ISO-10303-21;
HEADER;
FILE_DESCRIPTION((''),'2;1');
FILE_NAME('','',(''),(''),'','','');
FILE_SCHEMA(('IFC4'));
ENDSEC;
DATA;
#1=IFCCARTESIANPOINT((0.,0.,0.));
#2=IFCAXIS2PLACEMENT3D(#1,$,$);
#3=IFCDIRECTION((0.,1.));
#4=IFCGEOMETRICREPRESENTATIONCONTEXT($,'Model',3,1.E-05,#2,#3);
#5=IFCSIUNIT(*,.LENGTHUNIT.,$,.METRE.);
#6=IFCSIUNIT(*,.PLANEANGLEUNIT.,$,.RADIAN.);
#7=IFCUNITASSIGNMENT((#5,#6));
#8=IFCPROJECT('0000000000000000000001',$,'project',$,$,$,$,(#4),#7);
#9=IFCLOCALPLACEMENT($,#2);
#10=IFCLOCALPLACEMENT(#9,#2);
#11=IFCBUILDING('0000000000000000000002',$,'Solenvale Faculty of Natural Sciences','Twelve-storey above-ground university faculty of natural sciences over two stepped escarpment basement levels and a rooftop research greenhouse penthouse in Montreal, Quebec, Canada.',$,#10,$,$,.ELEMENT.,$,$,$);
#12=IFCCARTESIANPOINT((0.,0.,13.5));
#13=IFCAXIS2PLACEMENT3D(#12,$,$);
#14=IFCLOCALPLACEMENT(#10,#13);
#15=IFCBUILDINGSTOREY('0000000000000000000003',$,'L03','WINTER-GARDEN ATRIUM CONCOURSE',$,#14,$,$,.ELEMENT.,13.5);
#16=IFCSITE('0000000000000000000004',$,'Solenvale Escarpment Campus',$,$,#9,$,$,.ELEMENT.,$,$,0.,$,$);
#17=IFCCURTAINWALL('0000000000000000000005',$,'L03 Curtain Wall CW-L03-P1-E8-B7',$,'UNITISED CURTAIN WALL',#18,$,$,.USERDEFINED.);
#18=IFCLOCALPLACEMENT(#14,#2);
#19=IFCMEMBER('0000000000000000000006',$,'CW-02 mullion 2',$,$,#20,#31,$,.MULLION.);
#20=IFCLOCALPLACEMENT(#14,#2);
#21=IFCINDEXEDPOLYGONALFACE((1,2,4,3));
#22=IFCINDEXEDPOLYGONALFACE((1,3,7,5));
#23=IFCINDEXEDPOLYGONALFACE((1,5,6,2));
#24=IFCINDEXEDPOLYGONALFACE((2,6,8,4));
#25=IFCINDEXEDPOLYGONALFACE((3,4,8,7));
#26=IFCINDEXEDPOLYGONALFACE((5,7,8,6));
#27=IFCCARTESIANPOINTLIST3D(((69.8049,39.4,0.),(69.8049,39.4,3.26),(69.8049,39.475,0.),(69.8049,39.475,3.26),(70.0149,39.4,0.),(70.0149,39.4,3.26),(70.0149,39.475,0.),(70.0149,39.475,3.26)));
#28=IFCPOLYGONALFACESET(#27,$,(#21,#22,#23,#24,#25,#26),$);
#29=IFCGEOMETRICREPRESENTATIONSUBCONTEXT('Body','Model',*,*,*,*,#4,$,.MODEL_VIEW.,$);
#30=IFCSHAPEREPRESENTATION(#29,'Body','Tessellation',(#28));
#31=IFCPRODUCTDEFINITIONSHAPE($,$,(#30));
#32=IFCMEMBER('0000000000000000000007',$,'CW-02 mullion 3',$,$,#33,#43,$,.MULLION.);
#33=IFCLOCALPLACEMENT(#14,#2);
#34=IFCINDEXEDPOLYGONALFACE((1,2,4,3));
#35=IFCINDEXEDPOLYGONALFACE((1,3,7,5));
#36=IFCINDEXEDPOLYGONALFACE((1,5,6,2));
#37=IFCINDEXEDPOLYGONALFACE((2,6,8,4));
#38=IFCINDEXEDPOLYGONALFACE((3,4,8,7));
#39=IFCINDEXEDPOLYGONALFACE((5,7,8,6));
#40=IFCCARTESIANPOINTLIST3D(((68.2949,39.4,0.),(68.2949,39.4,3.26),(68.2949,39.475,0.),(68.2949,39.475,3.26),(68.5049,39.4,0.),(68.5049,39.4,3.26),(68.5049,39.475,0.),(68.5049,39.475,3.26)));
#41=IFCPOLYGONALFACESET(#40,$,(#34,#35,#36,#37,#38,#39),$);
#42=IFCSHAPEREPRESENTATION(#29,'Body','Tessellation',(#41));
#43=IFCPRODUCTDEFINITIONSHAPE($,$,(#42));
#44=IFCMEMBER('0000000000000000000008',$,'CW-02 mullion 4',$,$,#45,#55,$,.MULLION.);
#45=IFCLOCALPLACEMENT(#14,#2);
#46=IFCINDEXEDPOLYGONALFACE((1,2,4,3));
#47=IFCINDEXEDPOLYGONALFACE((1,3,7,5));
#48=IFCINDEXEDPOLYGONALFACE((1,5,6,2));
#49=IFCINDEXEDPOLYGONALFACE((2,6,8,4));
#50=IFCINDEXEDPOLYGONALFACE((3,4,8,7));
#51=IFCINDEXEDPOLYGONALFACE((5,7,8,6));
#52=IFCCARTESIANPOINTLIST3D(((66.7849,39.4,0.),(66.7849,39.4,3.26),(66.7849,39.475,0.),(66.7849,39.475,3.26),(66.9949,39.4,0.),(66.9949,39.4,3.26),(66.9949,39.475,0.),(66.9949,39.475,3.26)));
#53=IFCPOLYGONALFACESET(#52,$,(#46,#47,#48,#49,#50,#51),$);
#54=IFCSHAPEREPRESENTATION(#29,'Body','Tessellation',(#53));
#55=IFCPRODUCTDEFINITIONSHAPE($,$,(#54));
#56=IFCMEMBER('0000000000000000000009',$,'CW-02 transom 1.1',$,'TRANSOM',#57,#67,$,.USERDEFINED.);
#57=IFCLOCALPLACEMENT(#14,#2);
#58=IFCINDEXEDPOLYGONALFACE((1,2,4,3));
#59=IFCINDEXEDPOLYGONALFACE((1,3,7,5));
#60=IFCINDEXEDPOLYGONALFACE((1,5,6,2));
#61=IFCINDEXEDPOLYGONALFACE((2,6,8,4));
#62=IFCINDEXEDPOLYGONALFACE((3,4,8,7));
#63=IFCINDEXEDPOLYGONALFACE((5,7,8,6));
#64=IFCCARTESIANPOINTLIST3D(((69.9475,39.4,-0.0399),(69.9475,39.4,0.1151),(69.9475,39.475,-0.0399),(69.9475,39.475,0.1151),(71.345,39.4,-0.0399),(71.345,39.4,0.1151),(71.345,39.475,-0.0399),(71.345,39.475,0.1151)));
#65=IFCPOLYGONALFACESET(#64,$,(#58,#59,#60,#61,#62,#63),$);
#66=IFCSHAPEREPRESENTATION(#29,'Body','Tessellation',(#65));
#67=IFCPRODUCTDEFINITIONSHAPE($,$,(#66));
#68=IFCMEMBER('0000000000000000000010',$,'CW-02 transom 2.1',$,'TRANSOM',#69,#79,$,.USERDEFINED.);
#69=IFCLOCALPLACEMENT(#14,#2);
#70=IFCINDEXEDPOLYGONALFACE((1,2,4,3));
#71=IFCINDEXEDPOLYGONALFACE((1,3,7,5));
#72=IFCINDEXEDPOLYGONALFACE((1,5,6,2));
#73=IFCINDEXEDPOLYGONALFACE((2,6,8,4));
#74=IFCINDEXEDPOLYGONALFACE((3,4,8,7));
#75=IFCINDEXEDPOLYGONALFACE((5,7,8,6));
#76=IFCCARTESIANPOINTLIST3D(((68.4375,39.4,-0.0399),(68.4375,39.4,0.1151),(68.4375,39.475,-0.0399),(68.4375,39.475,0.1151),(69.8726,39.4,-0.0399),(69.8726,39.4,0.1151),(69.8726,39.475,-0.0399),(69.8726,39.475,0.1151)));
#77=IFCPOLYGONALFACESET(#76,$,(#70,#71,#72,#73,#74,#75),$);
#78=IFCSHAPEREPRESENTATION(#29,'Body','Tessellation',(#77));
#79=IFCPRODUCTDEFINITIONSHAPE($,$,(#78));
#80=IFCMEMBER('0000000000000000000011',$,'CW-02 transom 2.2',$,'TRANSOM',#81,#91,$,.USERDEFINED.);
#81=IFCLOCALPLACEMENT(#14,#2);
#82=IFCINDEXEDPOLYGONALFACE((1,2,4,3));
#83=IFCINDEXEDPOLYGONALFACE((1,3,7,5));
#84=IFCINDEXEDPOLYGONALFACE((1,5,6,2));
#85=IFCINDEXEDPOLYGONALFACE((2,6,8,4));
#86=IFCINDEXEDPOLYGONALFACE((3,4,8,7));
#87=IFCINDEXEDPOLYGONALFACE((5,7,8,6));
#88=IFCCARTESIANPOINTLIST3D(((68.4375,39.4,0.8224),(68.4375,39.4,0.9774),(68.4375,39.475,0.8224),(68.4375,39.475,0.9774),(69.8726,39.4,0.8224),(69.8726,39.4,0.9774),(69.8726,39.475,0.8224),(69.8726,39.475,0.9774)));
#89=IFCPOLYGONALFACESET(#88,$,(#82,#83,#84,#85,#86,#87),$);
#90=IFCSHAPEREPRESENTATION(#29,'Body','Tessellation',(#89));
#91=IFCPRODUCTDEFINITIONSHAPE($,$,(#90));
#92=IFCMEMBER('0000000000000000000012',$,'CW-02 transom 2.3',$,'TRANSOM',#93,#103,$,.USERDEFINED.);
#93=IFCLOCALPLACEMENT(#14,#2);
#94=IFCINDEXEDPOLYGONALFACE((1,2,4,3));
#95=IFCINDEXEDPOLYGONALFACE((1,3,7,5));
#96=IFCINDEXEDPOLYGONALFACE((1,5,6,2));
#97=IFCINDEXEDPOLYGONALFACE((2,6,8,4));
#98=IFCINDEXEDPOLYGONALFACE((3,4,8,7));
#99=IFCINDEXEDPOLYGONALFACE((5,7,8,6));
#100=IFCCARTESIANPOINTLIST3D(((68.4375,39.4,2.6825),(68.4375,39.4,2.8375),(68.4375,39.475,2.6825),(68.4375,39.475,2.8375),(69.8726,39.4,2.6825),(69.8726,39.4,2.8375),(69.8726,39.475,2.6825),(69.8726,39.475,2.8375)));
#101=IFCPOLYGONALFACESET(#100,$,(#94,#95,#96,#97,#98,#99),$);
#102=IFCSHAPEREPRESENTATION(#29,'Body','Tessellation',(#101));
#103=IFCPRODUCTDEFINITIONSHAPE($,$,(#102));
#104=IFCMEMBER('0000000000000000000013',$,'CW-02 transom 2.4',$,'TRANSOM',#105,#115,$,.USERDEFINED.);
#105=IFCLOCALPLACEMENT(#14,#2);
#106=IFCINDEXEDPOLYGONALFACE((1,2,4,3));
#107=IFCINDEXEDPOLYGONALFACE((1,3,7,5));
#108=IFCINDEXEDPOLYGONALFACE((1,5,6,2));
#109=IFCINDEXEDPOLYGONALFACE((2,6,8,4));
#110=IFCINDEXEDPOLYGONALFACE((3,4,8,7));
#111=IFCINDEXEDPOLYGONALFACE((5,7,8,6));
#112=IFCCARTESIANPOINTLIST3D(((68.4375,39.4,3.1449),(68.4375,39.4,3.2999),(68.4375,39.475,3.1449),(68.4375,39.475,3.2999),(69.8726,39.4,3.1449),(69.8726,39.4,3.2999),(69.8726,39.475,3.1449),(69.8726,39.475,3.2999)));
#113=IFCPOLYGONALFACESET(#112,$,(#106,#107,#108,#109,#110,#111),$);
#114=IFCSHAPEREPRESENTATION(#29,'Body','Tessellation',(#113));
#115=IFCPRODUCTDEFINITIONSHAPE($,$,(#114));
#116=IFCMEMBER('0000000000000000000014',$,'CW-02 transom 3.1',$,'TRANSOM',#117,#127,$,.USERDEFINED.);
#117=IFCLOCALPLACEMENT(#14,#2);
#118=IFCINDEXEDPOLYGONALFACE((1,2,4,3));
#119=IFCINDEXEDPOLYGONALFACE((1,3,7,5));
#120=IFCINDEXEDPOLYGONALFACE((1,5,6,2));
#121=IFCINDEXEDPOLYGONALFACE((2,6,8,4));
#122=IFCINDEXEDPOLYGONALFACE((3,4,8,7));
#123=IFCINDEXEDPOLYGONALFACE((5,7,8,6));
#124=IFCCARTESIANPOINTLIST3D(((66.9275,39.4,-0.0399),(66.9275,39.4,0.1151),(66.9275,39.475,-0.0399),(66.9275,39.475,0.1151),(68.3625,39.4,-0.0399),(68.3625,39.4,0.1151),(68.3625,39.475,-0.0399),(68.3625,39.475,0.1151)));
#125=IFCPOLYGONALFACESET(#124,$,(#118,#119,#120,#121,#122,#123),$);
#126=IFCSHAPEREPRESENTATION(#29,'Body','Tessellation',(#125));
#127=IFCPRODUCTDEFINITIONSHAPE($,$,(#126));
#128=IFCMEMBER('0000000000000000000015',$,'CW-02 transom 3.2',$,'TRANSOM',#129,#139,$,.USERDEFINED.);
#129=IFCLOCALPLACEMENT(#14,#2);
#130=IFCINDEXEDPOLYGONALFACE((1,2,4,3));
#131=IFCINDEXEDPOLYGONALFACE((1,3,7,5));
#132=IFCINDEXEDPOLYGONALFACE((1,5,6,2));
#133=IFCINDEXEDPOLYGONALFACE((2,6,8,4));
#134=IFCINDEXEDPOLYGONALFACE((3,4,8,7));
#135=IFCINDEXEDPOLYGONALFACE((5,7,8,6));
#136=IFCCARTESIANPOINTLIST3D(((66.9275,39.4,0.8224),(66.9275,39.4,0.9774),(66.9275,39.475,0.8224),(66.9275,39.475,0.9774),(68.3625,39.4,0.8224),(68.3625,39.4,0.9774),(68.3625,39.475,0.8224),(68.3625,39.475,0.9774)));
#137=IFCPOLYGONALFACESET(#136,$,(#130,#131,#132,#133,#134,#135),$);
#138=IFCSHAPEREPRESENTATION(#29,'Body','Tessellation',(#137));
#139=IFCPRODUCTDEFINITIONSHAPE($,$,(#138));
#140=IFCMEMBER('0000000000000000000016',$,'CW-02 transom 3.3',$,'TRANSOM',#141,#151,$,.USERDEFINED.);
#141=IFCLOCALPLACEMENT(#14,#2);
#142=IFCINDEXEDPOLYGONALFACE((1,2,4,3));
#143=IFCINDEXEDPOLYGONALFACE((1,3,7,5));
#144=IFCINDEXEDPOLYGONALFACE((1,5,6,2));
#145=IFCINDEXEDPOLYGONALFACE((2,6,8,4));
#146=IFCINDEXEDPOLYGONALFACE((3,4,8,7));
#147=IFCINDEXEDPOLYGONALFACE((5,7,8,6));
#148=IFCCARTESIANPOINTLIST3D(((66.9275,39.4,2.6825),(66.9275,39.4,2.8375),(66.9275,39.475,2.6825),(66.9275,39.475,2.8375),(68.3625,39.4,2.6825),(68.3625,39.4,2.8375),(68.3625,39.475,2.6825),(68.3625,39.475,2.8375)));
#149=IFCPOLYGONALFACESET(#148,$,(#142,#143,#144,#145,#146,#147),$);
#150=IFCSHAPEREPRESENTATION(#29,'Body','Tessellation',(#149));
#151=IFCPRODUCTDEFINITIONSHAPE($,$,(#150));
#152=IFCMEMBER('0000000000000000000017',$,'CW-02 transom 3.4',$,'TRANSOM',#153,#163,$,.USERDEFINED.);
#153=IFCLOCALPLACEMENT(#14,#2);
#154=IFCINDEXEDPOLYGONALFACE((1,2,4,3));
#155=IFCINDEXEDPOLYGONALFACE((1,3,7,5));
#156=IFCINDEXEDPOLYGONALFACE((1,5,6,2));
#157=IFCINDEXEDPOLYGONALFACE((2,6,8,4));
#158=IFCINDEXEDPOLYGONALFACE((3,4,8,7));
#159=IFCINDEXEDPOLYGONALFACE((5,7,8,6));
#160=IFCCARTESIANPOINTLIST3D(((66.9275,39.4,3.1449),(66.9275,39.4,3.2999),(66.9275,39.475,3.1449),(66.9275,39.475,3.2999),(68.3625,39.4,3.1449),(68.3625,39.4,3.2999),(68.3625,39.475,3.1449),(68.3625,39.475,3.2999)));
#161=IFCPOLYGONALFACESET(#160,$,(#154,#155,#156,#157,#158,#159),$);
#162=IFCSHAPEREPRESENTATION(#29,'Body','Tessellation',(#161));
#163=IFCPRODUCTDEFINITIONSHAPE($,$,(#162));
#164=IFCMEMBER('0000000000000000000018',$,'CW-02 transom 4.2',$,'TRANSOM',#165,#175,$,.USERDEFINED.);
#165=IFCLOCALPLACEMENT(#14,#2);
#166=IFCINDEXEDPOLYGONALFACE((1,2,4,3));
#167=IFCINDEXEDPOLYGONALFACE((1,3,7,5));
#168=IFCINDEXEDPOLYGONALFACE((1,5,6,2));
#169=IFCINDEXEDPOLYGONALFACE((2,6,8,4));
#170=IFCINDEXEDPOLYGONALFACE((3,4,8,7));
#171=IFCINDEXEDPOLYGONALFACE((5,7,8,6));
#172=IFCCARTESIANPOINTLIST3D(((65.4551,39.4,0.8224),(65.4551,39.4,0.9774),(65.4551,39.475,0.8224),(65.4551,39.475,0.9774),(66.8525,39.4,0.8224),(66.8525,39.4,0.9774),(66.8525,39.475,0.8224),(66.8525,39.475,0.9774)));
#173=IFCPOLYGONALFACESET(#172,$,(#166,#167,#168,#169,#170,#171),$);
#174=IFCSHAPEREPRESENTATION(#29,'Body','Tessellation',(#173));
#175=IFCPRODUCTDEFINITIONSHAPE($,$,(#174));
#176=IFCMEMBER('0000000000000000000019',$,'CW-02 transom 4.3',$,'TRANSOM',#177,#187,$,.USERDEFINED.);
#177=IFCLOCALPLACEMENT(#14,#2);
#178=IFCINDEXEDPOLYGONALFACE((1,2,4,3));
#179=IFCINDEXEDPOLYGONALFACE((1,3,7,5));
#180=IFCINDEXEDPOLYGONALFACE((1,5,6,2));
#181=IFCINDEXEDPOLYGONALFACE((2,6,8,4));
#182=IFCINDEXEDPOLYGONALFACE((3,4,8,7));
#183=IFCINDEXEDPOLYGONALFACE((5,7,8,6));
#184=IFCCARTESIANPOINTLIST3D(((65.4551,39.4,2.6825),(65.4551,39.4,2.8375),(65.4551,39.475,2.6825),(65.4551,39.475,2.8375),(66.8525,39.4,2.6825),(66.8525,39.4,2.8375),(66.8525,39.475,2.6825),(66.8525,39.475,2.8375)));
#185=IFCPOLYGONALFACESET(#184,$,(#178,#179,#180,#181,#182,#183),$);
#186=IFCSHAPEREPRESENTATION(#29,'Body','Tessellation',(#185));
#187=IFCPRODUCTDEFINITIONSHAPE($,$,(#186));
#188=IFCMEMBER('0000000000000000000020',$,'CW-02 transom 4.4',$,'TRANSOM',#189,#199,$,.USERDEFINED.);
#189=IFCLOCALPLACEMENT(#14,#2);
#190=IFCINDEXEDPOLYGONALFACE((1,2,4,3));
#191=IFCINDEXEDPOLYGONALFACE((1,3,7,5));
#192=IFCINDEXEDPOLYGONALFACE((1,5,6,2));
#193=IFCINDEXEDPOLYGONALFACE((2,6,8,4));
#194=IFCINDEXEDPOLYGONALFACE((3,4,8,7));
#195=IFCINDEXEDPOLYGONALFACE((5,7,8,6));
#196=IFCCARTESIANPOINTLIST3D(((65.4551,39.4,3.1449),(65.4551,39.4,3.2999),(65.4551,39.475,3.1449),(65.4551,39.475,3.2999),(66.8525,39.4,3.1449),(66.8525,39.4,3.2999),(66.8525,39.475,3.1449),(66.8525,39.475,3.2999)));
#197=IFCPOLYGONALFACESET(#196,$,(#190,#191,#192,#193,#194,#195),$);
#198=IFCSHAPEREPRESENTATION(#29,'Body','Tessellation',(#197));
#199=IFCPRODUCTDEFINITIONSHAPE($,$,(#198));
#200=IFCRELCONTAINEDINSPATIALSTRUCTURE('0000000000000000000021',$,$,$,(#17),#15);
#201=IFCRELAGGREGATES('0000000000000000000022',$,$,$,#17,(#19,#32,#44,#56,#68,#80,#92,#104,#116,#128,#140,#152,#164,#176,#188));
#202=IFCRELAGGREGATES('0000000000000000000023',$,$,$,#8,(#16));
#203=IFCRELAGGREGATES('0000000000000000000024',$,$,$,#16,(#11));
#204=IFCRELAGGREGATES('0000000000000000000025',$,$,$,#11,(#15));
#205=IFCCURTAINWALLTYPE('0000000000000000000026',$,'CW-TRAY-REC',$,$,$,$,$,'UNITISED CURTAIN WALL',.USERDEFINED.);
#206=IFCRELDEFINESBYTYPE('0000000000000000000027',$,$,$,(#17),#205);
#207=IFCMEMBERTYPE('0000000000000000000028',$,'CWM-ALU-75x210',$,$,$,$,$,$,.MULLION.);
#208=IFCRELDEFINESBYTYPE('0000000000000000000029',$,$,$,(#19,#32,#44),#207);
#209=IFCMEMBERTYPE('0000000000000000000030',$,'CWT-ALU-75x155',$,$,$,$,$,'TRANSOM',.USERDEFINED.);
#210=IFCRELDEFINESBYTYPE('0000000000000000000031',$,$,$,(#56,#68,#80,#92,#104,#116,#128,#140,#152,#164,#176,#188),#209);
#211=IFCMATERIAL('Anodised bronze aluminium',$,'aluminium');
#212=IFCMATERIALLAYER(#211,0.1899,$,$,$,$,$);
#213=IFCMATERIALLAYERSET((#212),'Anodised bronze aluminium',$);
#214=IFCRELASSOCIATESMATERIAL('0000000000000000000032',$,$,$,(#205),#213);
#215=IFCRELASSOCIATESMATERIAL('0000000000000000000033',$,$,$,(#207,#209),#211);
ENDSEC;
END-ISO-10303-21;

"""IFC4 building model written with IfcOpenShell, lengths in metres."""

from ifc_helpers import new_model, si_unit, direction, frame, origin, origin_2d, place, context, subcontext, project, spatial, rectangle, extrude, material, layer, layer_set, material_profile, profile_set, type_object, element, aggregate, save


model = new_model("IFC4")

# Units and contexts
model_context = context("Model", 3, precision=1e-05, world=origin(), true_north=direction((0.0, 1.0)))
body_context = subcontext(model_context, "Body", "Model", "MODEL_VIEW")
ifc_project = project(units=[si_unit("LENGTHUNIT", "METRE"), si_unit("PLANEANGLEUNIT", "RADIAN")], contexts=[model_context])

# Site, building, storey
site_placement = place(None, origin())
site = spatial("IfcSite", under=ifc_project, at=site_placement, Name="Solenvale Escarpment Campus", CompositionType="ELEMENT", RefElevation=0.0)
building_placement = place(site_placement, origin())
building = spatial("IfcBuilding", under=site, at=building_placement, Name="Solenvale Faculty of Natural Sciences", Description="Twelve-storey above-ground university faculty of natural sciences over two stepped escarpment basement levels and a rooftop research greenhouse penthouse in Montreal, Quebec, Canada.", CompositionType="ELEMENT")
storey_placement = place(building_placement, frame((0.0, 0.0, 13.5)))
storey = spatial("IfcBuildingStorey", under=building, at=storey_placement, Name="L03", Description="WINTER-GARDEN ATRIUM CONCOURSE", CompositionType="ELEMENT", Elevation=13.5)

# Curtain wall, members
ifc_material_1 = material(Name="Anodised bronze aluminium", Category="aluminium")
ifc_layer_1 = layer(ifc_material_1, 0.1899)
ifc_layer_set_1 = layer_set([ifc_layer_1], Name="Anodised bronze aluminium")
curtain_wall_type = type_object("IfcCurtainWallType", Name="CW-TRAY-REC", ElementType="UNITISED CURTAIN WALL", PredefinedType="USERDEFINED", material=ifc_layer_set_1)
curtain_wall_placement = place(storey_placement, origin())
curtain_wall = element("IfcCurtainWall", 1, at=curtain_wall_placement, inside=storey, type_object=curtain_wall_type, Name="L03 Curtain Wall CW-L03-P1-E8-B7", ObjectType="UNITISED CURTAIN WALL", PredefinedType="USERDEFINED")
ifc_material_profile_1 = material_profile(ifc_material_1, rectangle(XDim=0.075, YDim=0.21, at=origin_2d()), Name="ALU-MUL-75x210")
ifc_profile_set_1 = profile_set([ifc_material_profile_1], Name="Anodised bronze aluminium")
member_type_1 = type_object("IfcMemberType", Name="CWM-ALU-75x210", PredefinedType="MULLION", material=ifc_profile_set_1)
member_1_placement = place(storey_placement, frame((69.9099, 39.4375, 0.0), z_axis=(0.0, 0.0, 1.0), x_axis=(0.0, -1.0, 0.0)))
member_1 = element("IfcMember", 2, at=member_1_placement, type_object=member_type_1, Name="CW-02 mullion 2", PredefinedType="MULLION", context=body_context, shape_type="SweptSolid", body=[
    extrude(rectangle(XDim=0.075, YDim=0.21, at=origin_2d()), origin(), (0.0, 0.0, 1.0), 3.26),
])
member_2_placement = place(storey_placement, frame((68.3999, 39.4375, 0.0), z_axis=(0.0, 0.0, 1.0), x_axis=(0.0, -1.0, 0.0)))
member_2 = element("IfcMember", 3, at=member_2_placement, type_object=member_type_1, Name="CW-02 mullion 3", PredefinedType="MULLION", context=body_context, shape_type="SweptSolid", body=[
    extrude(rectangle(XDim=0.075, YDim=0.21, at=origin_2d()), origin(), (0.0, 0.0, 1.0), 3.26),
])
member_3_placement = place(storey_placement, frame((66.8899, 39.4375, 0.0), z_axis=(0.0, 0.0, 1.0), x_axis=(0.0, -1.0, 0.0)))
member_3 = element("IfcMember", 4, at=member_3_placement, type_object=member_type_1, Name="CW-02 mullion 4", PredefinedType="MULLION", context=body_context, shape_type="SweptSolid", body=[
    extrude(rectangle(XDim=0.075, YDim=0.21, at=origin_2d()), origin(), (0.0, 0.0, 1.0), 3.26),
])
ifc_material_profile_2 = material_profile(ifc_material_1, rectangle(XDim=0.075, YDim=0.155, at=origin_2d()), Name="ALU-TRN-75x155")
ifc_profile_set_2 = profile_set([ifc_material_profile_2], Name="Anodised bronze aluminium")
member_type_2 = type_object("IfcMemberType", Name="CWT-ALU-75x155", ElementType="TRANSOM", PredefinedType="USERDEFINED", material=ifc_profile_set_2)
member_4_placement = place(storey_placement, frame((71.345, 39.4375, 0.0376), z_axis=(-1.0, 0.0, 0.0), x_axis=(0.0, -1.0, 0.0)))
member_4 = element("IfcMember", 5, at=member_4_placement, type_object=member_type_2, Name="CW-02 transom 1.1", ObjectType="TRANSOM", PredefinedType="USERDEFINED", context=body_context, shape_type="SweptSolid", body=[
    extrude(rectangle(XDim=0.075, YDim=0.155, at=origin_2d()), origin(), (0.0, 0.0, 1.0), 1.3975),
])
member_5_placement = place(storey_placement, frame((69.8726, 39.4375, 0.0376), z_axis=(-1.0, 0.0, 0.0), x_axis=(0.0, -1.0, 0.0)))
member_5 = element("IfcMember", 6, at=member_5_placement, type_object=member_type_2, Name="CW-02 transom 2.1", ObjectType="TRANSOM", PredefinedType="USERDEFINED", context=body_context, shape_type="SweptSolid", body=[
    extrude(rectangle(XDim=0.075, YDim=0.155, at=origin_2d()), origin(), (0.0, 0.0, 1.0), 1.4351),
])
member_6_placement = place(storey_placement, frame((69.8726, 39.4375, 0.8999), z_axis=(-1.0, 0.0, 0.0), x_axis=(0.0, -1.0, 0.0)))
member_6 = element("IfcMember", 7, at=member_6_placement, type_object=member_type_2, Name="CW-02 transom 2.2", ObjectType="TRANSOM", PredefinedType="USERDEFINED", context=body_context, shape_type="SweptSolid", body=[
    extrude(rectangle(XDim=0.075, YDim=0.155, at=origin_2d()), origin(), (0.0, 0.0, 1.0), 1.4351),
])
member_7_placement = place(storey_placement, frame((69.8726, 39.4375, 2.76), z_axis=(-1.0, 0.0, 0.0), x_axis=(0.0, -1.0, 0.0)))
member_7 = element("IfcMember", 8, at=member_7_placement, type_object=member_type_2, Name="CW-02 transom 2.3", ObjectType="TRANSOM", PredefinedType="USERDEFINED", context=body_context, shape_type="SweptSolid", body=[
    extrude(rectangle(XDim=0.075, YDim=0.155, at=origin_2d()), origin(), (0.0, 0.0, 1.0), 1.4351),
])
member_8_placement = place(storey_placement, frame((69.8726, 39.4375, 3.2224), z_axis=(-1.0, 0.0, 0.0), x_axis=(0.0, -1.0, 0.0)))
member_8 = element("IfcMember", 9, at=member_8_placement, type_object=member_type_2, Name="CW-02 transom 2.4", ObjectType="TRANSOM", PredefinedType="USERDEFINED", context=body_context, shape_type="SweptSolid", body=[
    extrude(rectangle(XDim=0.075, YDim=0.155, at=origin_2d()), origin(), (0.0, 0.0, 1.0), 1.4351),
])
member_9_placement = place(storey_placement, frame((68.3625, 39.4375, 0.0376), z_axis=(-1.0, 0.0, 0.0), x_axis=(0.0, -1.0, 0.0)))
member_9 = element("IfcMember", 10, at=member_9_placement, type_object=member_type_2, Name="CW-02 transom 3.1", ObjectType="TRANSOM", PredefinedType="USERDEFINED", context=body_context, shape_type="SweptSolid", body=[
    extrude(rectangle(XDim=0.075, YDim=0.155, at=origin_2d()), origin(), (0.0, 0.0, 1.0), 1.4351),
])
member_10_placement = place(storey_placement, frame((68.3625, 39.4375, 0.8999), z_axis=(-1.0, 0.0, 0.0), x_axis=(0.0, -1.0, 0.0)))
member_10 = element("IfcMember", 11, at=member_10_placement, type_object=member_type_2, Name="CW-02 transom 3.2", ObjectType="TRANSOM", PredefinedType="USERDEFINED", context=body_context, shape_type="SweptSolid", body=[
    extrude(rectangle(XDim=0.075, YDim=0.155, at=origin_2d()), origin(), (0.0, 0.0, 1.0), 1.4351),
])
member_11_placement = place(storey_placement, frame((68.3625, 39.4375, 2.76), z_axis=(-1.0, 0.0, 0.0), x_axis=(0.0, -1.0, 0.0)))
member_11 = element("IfcMember", 12, at=member_11_placement, type_object=member_type_2, Name="CW-02 transom 3.3", ObjectType="TRANSOM", PredefinedType="USERDEFINED", context=body_context, shape_type="SweptSolid", body=[
    extrude(rectangle(XDim=0.075, YDim=0.155, at=origin_2d()), origin(), (0.0, 0.0, 1.0), 1.4351),
])
member_12_placement = place(storey_placement, frame((68.3625, 39.4375, 3.2224), z_axis=(-1.0, 0.0, 0.0), x_axis=(0.0, -1.0, 0.0)))
member_12 = element("IfcMember", 13, at=member_12_placement, type_object=member_type_2, Name="CW-02 transom 3.4", ObjectType="TRANSOM", PredefinedType="USERDEFINED", context=body_context, shape_type="SweptSolid", body=[
    extrude(rectangle(XDim=0.075, YDim=0.155, at=origin_2d()), origin(), (0.0, 0.0, 1.0), 1.4351),
])
member_13_placement = place(storey_placement, frame((66.8525, 39.4375, 0.8999), z_axis=(-1.0, 0.0, 0.0), x_axis=(0.0, -1.0, 0.0)))
member_13 = element("IfcMember", 14, at=member_13_placement, type_object=member_type_2, Name="CW-02 transom 4.2", ObjectType="TRANSOM", PredefinedType="USERDEFINED", context=body_context, shape_type="SweptSolid", body=[
    extrude(rectangle(XDim=0.075, YDim=0.155, at=origin_2d()), origin(), (0.0, 0.0, 1.0), 1.3975),
])
member_14_placement = place(storey_placement, frame((66.8525, 39.4375, 2.76), z_axis=(-1.0, 0.0, 0.0), x_axis=(0.0, -1.0, 0.0)))
member_14 = element("IfcMember", 15, at=member_14_placement, type_object=member_type_2, Name="CW-02 transom 4.3", ObjectType="TRANSOM", PredefinedType="USERDEFINED", context=body_context, shape_type="SweptSolid", body=[
    extrude(rectangle(XDim=0.075, YDim=0.155, at=origin_2d()), origin(), (0.0, 0.0, 1.0), 1.3975),
])
member_15_placement = place(storey_placement, frame((66.8525, 39.4375, 3.2224), z_axis=(-1.0, 0.0, 0.0), x_axis=(0.0, -1.0, 0.0)))
member_15 = element("IfcMember", 16, at=member_15_placement, type_object=member_type_2, Name="CW-02 transom 4.4", ObjectType="TRANSOM", PredefinedType="USERDEFINED", context=body_context, shape_type="SweptSolid", body=[
    extrude(rectangle(XDim=0.075, YDim=0.155, at=origin_2d()), origin(), (0.0, 0.0, 1.0), 1.3975),
])
aggregate(curtain_wall, [member_1, member_2, member_3, member_4, member_5, member_6, member_7, member_8, member_9, member_10, member_11, member_12, member_13, member_14, member_15])

save(model, "model.ifc")
